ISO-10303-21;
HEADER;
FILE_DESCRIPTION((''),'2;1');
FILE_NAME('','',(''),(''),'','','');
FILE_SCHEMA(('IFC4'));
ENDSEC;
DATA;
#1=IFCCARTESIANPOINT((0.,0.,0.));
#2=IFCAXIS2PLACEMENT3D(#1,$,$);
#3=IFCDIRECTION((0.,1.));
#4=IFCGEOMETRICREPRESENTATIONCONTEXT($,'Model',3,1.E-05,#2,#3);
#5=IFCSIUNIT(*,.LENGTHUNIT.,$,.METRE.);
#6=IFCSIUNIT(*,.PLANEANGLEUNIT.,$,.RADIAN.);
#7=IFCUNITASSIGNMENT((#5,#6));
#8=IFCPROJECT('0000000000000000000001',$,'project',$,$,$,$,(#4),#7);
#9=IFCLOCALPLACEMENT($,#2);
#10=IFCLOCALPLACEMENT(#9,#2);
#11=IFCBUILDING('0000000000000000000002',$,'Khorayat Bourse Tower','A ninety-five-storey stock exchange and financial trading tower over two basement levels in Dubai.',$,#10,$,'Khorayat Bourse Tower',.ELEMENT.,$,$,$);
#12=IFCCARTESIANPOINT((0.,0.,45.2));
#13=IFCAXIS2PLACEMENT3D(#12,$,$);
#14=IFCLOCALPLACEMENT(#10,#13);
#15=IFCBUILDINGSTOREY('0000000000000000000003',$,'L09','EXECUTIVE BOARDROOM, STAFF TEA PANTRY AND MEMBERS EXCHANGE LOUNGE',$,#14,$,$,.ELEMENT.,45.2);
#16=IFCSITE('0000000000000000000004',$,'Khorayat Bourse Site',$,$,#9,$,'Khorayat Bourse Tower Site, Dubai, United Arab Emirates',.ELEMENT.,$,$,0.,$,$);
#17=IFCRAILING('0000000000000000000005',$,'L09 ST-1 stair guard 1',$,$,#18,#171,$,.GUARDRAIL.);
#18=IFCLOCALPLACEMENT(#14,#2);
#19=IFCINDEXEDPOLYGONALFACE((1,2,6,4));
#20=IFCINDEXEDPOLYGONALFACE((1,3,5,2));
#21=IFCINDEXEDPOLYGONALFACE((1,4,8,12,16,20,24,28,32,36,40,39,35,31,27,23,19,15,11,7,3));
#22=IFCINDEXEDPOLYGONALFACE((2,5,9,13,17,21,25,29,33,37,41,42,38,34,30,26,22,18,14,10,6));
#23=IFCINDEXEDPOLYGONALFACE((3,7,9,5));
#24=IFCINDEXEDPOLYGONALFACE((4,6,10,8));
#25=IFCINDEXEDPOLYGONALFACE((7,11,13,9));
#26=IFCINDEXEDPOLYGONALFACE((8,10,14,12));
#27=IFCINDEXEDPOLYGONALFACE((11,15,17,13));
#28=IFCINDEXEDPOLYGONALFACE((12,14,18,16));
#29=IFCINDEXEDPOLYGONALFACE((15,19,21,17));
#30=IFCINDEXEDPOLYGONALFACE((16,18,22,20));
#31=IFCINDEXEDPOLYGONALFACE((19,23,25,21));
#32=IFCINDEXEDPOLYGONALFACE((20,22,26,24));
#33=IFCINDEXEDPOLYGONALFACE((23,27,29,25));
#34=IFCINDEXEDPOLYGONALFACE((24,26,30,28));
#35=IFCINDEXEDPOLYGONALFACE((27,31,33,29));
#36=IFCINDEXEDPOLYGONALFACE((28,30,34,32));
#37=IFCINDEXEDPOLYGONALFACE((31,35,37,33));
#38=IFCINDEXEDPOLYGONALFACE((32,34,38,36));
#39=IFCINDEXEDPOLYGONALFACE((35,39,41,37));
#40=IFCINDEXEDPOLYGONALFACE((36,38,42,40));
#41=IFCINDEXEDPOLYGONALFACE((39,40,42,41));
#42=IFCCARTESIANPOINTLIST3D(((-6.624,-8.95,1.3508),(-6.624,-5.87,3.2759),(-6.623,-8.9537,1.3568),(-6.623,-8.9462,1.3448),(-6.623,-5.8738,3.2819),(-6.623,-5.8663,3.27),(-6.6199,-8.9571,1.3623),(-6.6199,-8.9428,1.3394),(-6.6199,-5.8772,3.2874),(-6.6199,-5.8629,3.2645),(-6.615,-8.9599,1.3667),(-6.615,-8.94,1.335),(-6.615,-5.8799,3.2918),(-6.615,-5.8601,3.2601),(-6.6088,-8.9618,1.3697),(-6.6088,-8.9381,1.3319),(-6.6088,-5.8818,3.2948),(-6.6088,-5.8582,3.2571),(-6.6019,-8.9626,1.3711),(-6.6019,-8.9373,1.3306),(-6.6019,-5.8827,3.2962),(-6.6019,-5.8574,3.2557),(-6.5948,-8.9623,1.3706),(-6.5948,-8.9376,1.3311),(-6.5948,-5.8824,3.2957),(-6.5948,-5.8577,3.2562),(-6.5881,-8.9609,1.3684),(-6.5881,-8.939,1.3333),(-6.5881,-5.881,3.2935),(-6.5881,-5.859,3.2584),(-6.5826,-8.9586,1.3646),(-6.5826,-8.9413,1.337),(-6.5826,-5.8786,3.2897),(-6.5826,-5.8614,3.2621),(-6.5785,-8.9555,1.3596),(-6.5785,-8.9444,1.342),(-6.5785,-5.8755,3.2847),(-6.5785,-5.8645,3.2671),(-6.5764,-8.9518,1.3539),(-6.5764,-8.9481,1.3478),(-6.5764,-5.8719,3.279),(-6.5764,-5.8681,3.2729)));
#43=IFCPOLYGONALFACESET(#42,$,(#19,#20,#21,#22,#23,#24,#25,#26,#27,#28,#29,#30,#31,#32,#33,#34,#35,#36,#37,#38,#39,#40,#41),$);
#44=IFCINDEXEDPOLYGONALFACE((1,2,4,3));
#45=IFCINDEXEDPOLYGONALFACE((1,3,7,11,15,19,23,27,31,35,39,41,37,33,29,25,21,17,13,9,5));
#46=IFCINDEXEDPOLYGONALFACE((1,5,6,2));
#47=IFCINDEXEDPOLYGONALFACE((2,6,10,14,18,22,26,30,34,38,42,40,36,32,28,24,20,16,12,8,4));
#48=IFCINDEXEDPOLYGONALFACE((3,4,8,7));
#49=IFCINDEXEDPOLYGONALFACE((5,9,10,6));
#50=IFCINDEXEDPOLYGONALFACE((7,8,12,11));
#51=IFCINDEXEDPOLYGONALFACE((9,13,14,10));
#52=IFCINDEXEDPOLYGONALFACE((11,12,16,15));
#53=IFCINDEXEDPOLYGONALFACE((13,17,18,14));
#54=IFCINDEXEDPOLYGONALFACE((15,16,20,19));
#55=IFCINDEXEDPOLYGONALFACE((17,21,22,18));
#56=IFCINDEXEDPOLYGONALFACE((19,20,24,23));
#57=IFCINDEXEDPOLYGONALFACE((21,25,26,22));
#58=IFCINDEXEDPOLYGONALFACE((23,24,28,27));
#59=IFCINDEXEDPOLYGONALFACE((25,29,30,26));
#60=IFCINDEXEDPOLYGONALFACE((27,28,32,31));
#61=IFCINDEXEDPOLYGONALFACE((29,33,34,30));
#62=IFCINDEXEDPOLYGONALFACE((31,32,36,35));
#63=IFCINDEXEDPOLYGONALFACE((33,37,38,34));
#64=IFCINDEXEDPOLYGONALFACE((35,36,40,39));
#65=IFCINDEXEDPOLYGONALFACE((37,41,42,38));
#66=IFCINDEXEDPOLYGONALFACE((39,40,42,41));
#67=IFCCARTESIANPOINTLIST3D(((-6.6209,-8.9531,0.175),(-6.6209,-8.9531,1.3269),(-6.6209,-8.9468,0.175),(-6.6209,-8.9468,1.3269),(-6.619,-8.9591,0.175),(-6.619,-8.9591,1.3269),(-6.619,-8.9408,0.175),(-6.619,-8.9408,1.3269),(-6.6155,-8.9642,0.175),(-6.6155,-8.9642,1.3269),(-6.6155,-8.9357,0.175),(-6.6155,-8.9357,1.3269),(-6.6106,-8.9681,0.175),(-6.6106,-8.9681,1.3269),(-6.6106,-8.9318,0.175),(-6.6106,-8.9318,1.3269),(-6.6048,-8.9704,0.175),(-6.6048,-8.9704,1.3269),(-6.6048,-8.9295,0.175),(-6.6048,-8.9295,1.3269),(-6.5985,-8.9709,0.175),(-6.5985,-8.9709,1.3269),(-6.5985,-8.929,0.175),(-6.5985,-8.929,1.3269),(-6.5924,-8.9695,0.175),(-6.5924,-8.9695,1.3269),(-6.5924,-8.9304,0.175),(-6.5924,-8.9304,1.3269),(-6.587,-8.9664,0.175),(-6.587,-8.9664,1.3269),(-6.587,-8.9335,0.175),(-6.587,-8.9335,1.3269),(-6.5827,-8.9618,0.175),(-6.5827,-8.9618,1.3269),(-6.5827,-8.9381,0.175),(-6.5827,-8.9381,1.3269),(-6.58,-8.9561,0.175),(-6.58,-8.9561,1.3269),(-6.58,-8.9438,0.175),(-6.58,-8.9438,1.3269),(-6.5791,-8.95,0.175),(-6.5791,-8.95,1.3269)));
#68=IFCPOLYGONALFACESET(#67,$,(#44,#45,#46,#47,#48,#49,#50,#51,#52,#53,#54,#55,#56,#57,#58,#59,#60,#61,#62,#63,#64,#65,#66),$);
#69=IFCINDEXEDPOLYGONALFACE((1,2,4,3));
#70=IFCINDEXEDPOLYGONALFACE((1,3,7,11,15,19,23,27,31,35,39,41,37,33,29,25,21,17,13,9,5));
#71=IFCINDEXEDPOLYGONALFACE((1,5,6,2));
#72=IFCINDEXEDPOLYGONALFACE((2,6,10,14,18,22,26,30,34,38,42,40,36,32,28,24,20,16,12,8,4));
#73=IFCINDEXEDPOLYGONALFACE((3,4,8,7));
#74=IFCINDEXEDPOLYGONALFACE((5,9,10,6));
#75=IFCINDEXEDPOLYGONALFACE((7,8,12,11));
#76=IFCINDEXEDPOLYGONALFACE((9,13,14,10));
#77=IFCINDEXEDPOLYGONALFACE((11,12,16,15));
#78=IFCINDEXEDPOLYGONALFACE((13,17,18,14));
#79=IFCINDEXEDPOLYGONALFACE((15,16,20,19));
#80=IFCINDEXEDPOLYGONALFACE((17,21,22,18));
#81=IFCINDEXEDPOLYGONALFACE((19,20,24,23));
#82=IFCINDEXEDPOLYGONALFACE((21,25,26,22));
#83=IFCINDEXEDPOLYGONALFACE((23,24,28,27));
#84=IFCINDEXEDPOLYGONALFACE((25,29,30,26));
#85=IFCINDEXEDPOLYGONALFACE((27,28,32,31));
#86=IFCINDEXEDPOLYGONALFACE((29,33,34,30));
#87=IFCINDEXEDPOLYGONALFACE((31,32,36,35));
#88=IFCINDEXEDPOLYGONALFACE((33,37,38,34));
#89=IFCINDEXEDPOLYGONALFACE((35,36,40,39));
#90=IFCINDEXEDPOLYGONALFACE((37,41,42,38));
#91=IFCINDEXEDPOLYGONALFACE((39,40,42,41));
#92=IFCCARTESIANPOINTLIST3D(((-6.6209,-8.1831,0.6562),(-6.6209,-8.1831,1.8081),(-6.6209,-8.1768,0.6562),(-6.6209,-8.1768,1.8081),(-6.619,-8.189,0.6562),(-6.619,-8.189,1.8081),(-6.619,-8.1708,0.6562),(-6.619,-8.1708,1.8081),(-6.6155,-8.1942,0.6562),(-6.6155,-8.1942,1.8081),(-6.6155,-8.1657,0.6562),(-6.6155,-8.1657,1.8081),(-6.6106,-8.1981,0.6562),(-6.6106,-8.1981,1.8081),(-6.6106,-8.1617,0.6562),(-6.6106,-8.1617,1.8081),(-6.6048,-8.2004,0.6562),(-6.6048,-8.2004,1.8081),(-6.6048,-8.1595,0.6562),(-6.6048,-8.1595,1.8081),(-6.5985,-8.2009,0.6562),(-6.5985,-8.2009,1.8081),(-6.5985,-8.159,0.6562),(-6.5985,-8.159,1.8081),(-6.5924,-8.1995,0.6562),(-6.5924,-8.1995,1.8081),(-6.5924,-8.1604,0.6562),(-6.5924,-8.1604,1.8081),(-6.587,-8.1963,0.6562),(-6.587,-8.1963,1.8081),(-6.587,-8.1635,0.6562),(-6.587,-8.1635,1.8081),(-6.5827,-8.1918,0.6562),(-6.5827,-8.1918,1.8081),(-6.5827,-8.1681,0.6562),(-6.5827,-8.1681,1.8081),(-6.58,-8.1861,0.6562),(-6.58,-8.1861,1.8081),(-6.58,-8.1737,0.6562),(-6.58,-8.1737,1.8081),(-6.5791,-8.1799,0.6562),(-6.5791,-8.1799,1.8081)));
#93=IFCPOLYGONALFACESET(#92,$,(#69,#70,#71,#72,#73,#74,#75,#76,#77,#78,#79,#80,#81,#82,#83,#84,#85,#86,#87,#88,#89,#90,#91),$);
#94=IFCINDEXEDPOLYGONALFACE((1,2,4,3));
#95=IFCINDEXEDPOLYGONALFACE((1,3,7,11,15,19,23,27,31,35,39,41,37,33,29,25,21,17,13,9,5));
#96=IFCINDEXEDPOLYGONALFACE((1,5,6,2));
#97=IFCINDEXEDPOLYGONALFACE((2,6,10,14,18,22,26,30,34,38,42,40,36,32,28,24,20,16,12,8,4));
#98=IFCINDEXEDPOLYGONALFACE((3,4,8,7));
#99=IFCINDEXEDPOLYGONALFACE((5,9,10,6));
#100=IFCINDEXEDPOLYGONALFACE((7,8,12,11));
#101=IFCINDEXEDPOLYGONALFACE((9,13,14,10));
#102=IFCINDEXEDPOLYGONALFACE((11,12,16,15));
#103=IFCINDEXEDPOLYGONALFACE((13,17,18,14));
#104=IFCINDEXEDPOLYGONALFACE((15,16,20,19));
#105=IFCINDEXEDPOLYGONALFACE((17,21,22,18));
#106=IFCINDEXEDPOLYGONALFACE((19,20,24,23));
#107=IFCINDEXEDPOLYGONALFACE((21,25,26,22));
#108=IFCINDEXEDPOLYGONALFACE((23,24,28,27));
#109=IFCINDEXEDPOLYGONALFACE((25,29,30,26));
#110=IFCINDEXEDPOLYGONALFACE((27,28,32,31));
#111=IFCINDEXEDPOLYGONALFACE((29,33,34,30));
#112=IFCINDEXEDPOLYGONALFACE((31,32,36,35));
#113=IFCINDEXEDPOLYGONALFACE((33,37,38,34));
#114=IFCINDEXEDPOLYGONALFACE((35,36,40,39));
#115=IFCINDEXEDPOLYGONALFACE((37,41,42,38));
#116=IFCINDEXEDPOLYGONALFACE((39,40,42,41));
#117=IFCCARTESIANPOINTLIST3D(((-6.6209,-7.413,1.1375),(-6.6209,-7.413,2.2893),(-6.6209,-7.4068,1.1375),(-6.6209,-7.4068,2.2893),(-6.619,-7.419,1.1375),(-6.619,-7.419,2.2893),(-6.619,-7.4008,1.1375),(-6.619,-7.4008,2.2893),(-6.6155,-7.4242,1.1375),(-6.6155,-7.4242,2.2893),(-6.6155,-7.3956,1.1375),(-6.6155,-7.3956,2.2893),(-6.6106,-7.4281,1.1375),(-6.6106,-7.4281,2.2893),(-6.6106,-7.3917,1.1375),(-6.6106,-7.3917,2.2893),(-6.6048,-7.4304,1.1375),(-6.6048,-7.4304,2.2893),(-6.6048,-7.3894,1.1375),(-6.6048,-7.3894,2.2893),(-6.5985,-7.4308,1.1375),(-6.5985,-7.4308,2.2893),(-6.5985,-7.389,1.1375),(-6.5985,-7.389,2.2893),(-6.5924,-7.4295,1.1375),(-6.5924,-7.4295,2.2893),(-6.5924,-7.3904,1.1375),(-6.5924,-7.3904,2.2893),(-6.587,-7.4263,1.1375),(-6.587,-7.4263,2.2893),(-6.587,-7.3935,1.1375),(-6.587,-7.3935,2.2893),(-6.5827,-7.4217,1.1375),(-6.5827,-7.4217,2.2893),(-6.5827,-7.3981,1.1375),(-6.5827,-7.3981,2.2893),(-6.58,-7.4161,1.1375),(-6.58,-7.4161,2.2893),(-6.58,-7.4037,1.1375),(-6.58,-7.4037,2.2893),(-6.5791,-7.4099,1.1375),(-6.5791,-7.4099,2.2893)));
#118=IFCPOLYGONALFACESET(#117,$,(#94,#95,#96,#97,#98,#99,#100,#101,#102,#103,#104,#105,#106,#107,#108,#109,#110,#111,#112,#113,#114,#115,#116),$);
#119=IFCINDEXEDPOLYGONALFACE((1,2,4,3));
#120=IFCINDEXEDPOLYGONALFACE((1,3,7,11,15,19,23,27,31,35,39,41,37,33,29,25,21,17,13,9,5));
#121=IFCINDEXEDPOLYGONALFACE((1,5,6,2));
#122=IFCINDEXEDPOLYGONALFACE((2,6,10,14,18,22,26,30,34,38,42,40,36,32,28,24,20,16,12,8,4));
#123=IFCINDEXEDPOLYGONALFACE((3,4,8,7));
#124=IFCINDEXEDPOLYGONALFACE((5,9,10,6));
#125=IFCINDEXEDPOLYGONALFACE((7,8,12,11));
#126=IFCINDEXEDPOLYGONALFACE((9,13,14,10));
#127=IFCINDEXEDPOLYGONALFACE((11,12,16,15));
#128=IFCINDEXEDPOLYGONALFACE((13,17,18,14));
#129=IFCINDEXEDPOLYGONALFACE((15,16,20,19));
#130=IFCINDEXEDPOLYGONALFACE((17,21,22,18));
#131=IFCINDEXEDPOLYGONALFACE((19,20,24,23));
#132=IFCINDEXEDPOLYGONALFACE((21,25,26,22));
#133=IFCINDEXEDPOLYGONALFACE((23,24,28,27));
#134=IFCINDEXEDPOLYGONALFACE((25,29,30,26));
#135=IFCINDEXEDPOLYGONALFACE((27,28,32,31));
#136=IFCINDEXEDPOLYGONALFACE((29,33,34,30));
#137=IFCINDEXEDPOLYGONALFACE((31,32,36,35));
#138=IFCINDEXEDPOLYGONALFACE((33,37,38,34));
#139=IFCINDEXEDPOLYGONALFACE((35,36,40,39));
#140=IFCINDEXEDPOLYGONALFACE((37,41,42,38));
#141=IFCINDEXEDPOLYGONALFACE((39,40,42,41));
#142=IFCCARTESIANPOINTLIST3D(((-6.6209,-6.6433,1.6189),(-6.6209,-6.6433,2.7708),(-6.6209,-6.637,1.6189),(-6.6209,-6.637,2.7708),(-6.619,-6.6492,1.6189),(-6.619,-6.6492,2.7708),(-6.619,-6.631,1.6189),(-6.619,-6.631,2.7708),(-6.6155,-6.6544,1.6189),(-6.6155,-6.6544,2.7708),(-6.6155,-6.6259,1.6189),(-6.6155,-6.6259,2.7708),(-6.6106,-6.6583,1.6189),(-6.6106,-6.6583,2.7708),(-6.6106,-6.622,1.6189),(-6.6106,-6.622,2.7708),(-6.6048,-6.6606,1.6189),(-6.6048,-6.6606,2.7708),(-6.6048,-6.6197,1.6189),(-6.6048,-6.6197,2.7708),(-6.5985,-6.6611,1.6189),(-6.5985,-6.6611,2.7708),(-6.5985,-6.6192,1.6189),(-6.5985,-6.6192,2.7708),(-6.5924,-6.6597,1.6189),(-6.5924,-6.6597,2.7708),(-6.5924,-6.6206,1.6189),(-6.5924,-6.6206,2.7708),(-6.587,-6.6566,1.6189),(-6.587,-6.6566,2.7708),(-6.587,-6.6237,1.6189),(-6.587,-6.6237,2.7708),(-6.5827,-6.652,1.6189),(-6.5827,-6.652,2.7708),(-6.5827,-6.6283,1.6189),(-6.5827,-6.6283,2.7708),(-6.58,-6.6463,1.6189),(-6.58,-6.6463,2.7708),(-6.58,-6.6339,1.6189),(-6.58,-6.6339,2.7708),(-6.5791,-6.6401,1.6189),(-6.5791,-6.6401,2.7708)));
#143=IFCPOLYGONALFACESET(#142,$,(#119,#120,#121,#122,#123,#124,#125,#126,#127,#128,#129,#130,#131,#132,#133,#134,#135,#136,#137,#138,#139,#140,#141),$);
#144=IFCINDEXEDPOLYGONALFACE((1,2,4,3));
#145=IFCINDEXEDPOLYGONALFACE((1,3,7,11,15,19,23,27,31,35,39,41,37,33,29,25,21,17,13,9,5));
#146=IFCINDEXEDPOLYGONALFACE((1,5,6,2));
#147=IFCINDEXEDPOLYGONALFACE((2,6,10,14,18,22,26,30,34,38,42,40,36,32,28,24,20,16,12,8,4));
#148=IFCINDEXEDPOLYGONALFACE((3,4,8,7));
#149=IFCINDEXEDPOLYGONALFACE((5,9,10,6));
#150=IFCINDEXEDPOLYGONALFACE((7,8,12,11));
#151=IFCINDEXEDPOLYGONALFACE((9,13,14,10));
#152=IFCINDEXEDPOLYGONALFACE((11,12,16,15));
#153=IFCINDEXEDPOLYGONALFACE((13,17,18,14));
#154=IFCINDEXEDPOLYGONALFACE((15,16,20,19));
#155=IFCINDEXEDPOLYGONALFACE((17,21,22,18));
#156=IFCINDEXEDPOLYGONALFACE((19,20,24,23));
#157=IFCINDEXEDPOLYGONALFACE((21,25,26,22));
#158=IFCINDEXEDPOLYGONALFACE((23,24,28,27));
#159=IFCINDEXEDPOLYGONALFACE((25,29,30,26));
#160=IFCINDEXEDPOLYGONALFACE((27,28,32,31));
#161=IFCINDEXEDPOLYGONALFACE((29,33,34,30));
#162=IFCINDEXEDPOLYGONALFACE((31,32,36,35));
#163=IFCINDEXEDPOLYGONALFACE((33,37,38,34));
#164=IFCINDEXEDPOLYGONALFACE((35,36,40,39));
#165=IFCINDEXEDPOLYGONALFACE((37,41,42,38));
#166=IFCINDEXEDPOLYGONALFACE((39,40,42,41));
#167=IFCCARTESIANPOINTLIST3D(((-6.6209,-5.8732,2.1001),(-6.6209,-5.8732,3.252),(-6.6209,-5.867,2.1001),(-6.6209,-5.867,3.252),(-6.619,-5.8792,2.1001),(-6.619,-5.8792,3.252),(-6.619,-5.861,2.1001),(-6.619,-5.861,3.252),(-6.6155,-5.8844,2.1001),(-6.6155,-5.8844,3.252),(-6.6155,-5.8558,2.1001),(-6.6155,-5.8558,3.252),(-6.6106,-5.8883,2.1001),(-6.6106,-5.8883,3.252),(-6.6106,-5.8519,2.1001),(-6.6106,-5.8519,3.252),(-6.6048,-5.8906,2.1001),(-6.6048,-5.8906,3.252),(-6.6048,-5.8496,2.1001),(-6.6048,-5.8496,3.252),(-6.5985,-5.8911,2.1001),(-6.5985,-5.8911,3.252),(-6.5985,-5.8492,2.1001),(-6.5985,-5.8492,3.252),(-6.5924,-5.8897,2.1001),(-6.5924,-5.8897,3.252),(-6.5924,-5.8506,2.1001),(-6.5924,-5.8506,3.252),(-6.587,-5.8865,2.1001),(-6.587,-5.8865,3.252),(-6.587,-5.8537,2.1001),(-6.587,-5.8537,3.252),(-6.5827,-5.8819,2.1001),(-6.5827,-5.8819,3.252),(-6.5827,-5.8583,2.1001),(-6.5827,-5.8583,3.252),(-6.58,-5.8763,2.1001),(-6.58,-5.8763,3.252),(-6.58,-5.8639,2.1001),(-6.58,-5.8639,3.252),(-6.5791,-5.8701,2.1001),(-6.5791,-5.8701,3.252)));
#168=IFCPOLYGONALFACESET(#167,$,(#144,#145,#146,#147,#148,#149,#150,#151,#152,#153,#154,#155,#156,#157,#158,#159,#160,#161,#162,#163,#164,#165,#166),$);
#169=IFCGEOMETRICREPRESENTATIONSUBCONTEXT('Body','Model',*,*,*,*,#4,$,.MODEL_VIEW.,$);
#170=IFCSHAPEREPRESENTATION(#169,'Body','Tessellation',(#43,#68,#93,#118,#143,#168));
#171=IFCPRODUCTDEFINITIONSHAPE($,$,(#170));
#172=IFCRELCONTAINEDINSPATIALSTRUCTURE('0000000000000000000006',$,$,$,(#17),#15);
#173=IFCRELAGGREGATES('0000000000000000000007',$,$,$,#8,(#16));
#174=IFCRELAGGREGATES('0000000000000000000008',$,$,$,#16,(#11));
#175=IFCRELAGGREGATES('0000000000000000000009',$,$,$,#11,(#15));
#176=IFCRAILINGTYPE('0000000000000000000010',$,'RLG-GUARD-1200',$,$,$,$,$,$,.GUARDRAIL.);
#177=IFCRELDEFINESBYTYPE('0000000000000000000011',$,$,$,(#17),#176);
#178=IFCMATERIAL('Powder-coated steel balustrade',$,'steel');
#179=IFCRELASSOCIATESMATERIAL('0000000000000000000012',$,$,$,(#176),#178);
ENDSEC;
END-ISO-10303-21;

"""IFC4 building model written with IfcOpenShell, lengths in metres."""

from ifc_helpers import new_model, si_unit, direction, frame, origin, origin_2d, place, context, subcontext, project, spatial, circle, extrude, source, transform, mapped, material, type_object, element, save


model = new_model("IFC4")

# Units and contexts
model_context = context("Model", 3, precision=1e-05, world=origin(), true_north=direction((0.0, 1.0)))
body_context = subcontext(model_context, "Body", "Model", "MODEL_VIEW")
ifc_project = project(units=[si_unit("LENGTHUNIT", "METRE"), si_unit("PLANEANGLEUNIT", "RADIAN")], contexts=[model_context])

# Site, building, storey
site_placement = place(None, origin())
site = spatial("IfcSite", under=ifc_project, at=site_placement, Name="Khorayat Bourse Site", LongName="Khorayat Bourse Tower Site, Dubai, United Arab Emirates", CompositionType="ELEMENT", RefElevation=0.0)
building_placement = place(site_placement, origin())
building = spatial("IfcBuilding", under=site, at=building_placement, Name="Khorayat Bourse Tower", Description="A ninety-five-storey stock exchange and financial trading tower over two basement levels in Dubai.", LongName="Khorayat Bourse Tower", CompositionType="ELEMENT")
storey_placement = place(building_placement, frame((0.0, 0.0, 45.2)))
storey = spatial("IfcBuildingStorey", under=building, at=storey_placement, Name="L09", Description="EXECUTIVE BOARDROOM, STAFF TEA PANTRY AND MEMBERS EXCHANGE LOUNGE", CompositionType="ELEMENT", Elevation=45.2)

# Railing
ifc_material_1 = material(Name="Powder-coated steel balustrade", Category="steel")
railing_type_1 = type_object("IfcRailingType", Name="RLG-GUARD-1200", PredefinedType="GUARDRAIL", material=ifc_material_1)
shared_shape_1 = source(origin(), body_context, "Body", "SweptSolid", [
    extrude(circle(Radius=0.0239, at=origin_2d()), frame((0.0, 0.0, 1.1758), z_axis=(0.0, 0.847979, 0.530029), x_axis=(-1.0, 0.0, 0.0)), (0.0, 0.0, 1.0), 3.6321),
    extrude(circle(Radius=0.021, at=origin_2d()), origin(), (0.0, 0.0, 1.0), 1.1519),
    extrude(circle(Radius=0.021, at=origin_2d()), frame((0.0, 0.77, 0.4812)), (0.0, 0.0, 1.0), 1.1519),
    extrude(circle(Radius=0.021, at=origin_2d()), frame((0.0, 1.54, 0.9624)), (0.0, 0.0, 1.0), 1.1519),
    extrude(circle(Radius=0.021, at=origin_2d()), frame((0.0, 2.3098, 1.4438)), (0.0, 0.0, 1.0), 1.1519),
    extrude(circle(Radius=0.021, at=origin_2d()), frame((0.0, 3.0798, 1.925)), (0.0, 0.0, 1.0), 1.1519),
])
railing_1_placement = place(storey_placement, frame((-6.6001, -8.95, 0.175)))
element("IfcRailing", 1, at=railing_1_placement, inside=storey, type_object=railing_type_1, Name="L09 ST-1 stair guard 1", PredefinedType="GUARDRAIL", context=body_context, shape_type="MappedRepresentation", body=[
    mapped(shared_shape_1, transform((0.0, 0.0, 0.0), scale=1.0)),
])

save(model, "model.ifc")
